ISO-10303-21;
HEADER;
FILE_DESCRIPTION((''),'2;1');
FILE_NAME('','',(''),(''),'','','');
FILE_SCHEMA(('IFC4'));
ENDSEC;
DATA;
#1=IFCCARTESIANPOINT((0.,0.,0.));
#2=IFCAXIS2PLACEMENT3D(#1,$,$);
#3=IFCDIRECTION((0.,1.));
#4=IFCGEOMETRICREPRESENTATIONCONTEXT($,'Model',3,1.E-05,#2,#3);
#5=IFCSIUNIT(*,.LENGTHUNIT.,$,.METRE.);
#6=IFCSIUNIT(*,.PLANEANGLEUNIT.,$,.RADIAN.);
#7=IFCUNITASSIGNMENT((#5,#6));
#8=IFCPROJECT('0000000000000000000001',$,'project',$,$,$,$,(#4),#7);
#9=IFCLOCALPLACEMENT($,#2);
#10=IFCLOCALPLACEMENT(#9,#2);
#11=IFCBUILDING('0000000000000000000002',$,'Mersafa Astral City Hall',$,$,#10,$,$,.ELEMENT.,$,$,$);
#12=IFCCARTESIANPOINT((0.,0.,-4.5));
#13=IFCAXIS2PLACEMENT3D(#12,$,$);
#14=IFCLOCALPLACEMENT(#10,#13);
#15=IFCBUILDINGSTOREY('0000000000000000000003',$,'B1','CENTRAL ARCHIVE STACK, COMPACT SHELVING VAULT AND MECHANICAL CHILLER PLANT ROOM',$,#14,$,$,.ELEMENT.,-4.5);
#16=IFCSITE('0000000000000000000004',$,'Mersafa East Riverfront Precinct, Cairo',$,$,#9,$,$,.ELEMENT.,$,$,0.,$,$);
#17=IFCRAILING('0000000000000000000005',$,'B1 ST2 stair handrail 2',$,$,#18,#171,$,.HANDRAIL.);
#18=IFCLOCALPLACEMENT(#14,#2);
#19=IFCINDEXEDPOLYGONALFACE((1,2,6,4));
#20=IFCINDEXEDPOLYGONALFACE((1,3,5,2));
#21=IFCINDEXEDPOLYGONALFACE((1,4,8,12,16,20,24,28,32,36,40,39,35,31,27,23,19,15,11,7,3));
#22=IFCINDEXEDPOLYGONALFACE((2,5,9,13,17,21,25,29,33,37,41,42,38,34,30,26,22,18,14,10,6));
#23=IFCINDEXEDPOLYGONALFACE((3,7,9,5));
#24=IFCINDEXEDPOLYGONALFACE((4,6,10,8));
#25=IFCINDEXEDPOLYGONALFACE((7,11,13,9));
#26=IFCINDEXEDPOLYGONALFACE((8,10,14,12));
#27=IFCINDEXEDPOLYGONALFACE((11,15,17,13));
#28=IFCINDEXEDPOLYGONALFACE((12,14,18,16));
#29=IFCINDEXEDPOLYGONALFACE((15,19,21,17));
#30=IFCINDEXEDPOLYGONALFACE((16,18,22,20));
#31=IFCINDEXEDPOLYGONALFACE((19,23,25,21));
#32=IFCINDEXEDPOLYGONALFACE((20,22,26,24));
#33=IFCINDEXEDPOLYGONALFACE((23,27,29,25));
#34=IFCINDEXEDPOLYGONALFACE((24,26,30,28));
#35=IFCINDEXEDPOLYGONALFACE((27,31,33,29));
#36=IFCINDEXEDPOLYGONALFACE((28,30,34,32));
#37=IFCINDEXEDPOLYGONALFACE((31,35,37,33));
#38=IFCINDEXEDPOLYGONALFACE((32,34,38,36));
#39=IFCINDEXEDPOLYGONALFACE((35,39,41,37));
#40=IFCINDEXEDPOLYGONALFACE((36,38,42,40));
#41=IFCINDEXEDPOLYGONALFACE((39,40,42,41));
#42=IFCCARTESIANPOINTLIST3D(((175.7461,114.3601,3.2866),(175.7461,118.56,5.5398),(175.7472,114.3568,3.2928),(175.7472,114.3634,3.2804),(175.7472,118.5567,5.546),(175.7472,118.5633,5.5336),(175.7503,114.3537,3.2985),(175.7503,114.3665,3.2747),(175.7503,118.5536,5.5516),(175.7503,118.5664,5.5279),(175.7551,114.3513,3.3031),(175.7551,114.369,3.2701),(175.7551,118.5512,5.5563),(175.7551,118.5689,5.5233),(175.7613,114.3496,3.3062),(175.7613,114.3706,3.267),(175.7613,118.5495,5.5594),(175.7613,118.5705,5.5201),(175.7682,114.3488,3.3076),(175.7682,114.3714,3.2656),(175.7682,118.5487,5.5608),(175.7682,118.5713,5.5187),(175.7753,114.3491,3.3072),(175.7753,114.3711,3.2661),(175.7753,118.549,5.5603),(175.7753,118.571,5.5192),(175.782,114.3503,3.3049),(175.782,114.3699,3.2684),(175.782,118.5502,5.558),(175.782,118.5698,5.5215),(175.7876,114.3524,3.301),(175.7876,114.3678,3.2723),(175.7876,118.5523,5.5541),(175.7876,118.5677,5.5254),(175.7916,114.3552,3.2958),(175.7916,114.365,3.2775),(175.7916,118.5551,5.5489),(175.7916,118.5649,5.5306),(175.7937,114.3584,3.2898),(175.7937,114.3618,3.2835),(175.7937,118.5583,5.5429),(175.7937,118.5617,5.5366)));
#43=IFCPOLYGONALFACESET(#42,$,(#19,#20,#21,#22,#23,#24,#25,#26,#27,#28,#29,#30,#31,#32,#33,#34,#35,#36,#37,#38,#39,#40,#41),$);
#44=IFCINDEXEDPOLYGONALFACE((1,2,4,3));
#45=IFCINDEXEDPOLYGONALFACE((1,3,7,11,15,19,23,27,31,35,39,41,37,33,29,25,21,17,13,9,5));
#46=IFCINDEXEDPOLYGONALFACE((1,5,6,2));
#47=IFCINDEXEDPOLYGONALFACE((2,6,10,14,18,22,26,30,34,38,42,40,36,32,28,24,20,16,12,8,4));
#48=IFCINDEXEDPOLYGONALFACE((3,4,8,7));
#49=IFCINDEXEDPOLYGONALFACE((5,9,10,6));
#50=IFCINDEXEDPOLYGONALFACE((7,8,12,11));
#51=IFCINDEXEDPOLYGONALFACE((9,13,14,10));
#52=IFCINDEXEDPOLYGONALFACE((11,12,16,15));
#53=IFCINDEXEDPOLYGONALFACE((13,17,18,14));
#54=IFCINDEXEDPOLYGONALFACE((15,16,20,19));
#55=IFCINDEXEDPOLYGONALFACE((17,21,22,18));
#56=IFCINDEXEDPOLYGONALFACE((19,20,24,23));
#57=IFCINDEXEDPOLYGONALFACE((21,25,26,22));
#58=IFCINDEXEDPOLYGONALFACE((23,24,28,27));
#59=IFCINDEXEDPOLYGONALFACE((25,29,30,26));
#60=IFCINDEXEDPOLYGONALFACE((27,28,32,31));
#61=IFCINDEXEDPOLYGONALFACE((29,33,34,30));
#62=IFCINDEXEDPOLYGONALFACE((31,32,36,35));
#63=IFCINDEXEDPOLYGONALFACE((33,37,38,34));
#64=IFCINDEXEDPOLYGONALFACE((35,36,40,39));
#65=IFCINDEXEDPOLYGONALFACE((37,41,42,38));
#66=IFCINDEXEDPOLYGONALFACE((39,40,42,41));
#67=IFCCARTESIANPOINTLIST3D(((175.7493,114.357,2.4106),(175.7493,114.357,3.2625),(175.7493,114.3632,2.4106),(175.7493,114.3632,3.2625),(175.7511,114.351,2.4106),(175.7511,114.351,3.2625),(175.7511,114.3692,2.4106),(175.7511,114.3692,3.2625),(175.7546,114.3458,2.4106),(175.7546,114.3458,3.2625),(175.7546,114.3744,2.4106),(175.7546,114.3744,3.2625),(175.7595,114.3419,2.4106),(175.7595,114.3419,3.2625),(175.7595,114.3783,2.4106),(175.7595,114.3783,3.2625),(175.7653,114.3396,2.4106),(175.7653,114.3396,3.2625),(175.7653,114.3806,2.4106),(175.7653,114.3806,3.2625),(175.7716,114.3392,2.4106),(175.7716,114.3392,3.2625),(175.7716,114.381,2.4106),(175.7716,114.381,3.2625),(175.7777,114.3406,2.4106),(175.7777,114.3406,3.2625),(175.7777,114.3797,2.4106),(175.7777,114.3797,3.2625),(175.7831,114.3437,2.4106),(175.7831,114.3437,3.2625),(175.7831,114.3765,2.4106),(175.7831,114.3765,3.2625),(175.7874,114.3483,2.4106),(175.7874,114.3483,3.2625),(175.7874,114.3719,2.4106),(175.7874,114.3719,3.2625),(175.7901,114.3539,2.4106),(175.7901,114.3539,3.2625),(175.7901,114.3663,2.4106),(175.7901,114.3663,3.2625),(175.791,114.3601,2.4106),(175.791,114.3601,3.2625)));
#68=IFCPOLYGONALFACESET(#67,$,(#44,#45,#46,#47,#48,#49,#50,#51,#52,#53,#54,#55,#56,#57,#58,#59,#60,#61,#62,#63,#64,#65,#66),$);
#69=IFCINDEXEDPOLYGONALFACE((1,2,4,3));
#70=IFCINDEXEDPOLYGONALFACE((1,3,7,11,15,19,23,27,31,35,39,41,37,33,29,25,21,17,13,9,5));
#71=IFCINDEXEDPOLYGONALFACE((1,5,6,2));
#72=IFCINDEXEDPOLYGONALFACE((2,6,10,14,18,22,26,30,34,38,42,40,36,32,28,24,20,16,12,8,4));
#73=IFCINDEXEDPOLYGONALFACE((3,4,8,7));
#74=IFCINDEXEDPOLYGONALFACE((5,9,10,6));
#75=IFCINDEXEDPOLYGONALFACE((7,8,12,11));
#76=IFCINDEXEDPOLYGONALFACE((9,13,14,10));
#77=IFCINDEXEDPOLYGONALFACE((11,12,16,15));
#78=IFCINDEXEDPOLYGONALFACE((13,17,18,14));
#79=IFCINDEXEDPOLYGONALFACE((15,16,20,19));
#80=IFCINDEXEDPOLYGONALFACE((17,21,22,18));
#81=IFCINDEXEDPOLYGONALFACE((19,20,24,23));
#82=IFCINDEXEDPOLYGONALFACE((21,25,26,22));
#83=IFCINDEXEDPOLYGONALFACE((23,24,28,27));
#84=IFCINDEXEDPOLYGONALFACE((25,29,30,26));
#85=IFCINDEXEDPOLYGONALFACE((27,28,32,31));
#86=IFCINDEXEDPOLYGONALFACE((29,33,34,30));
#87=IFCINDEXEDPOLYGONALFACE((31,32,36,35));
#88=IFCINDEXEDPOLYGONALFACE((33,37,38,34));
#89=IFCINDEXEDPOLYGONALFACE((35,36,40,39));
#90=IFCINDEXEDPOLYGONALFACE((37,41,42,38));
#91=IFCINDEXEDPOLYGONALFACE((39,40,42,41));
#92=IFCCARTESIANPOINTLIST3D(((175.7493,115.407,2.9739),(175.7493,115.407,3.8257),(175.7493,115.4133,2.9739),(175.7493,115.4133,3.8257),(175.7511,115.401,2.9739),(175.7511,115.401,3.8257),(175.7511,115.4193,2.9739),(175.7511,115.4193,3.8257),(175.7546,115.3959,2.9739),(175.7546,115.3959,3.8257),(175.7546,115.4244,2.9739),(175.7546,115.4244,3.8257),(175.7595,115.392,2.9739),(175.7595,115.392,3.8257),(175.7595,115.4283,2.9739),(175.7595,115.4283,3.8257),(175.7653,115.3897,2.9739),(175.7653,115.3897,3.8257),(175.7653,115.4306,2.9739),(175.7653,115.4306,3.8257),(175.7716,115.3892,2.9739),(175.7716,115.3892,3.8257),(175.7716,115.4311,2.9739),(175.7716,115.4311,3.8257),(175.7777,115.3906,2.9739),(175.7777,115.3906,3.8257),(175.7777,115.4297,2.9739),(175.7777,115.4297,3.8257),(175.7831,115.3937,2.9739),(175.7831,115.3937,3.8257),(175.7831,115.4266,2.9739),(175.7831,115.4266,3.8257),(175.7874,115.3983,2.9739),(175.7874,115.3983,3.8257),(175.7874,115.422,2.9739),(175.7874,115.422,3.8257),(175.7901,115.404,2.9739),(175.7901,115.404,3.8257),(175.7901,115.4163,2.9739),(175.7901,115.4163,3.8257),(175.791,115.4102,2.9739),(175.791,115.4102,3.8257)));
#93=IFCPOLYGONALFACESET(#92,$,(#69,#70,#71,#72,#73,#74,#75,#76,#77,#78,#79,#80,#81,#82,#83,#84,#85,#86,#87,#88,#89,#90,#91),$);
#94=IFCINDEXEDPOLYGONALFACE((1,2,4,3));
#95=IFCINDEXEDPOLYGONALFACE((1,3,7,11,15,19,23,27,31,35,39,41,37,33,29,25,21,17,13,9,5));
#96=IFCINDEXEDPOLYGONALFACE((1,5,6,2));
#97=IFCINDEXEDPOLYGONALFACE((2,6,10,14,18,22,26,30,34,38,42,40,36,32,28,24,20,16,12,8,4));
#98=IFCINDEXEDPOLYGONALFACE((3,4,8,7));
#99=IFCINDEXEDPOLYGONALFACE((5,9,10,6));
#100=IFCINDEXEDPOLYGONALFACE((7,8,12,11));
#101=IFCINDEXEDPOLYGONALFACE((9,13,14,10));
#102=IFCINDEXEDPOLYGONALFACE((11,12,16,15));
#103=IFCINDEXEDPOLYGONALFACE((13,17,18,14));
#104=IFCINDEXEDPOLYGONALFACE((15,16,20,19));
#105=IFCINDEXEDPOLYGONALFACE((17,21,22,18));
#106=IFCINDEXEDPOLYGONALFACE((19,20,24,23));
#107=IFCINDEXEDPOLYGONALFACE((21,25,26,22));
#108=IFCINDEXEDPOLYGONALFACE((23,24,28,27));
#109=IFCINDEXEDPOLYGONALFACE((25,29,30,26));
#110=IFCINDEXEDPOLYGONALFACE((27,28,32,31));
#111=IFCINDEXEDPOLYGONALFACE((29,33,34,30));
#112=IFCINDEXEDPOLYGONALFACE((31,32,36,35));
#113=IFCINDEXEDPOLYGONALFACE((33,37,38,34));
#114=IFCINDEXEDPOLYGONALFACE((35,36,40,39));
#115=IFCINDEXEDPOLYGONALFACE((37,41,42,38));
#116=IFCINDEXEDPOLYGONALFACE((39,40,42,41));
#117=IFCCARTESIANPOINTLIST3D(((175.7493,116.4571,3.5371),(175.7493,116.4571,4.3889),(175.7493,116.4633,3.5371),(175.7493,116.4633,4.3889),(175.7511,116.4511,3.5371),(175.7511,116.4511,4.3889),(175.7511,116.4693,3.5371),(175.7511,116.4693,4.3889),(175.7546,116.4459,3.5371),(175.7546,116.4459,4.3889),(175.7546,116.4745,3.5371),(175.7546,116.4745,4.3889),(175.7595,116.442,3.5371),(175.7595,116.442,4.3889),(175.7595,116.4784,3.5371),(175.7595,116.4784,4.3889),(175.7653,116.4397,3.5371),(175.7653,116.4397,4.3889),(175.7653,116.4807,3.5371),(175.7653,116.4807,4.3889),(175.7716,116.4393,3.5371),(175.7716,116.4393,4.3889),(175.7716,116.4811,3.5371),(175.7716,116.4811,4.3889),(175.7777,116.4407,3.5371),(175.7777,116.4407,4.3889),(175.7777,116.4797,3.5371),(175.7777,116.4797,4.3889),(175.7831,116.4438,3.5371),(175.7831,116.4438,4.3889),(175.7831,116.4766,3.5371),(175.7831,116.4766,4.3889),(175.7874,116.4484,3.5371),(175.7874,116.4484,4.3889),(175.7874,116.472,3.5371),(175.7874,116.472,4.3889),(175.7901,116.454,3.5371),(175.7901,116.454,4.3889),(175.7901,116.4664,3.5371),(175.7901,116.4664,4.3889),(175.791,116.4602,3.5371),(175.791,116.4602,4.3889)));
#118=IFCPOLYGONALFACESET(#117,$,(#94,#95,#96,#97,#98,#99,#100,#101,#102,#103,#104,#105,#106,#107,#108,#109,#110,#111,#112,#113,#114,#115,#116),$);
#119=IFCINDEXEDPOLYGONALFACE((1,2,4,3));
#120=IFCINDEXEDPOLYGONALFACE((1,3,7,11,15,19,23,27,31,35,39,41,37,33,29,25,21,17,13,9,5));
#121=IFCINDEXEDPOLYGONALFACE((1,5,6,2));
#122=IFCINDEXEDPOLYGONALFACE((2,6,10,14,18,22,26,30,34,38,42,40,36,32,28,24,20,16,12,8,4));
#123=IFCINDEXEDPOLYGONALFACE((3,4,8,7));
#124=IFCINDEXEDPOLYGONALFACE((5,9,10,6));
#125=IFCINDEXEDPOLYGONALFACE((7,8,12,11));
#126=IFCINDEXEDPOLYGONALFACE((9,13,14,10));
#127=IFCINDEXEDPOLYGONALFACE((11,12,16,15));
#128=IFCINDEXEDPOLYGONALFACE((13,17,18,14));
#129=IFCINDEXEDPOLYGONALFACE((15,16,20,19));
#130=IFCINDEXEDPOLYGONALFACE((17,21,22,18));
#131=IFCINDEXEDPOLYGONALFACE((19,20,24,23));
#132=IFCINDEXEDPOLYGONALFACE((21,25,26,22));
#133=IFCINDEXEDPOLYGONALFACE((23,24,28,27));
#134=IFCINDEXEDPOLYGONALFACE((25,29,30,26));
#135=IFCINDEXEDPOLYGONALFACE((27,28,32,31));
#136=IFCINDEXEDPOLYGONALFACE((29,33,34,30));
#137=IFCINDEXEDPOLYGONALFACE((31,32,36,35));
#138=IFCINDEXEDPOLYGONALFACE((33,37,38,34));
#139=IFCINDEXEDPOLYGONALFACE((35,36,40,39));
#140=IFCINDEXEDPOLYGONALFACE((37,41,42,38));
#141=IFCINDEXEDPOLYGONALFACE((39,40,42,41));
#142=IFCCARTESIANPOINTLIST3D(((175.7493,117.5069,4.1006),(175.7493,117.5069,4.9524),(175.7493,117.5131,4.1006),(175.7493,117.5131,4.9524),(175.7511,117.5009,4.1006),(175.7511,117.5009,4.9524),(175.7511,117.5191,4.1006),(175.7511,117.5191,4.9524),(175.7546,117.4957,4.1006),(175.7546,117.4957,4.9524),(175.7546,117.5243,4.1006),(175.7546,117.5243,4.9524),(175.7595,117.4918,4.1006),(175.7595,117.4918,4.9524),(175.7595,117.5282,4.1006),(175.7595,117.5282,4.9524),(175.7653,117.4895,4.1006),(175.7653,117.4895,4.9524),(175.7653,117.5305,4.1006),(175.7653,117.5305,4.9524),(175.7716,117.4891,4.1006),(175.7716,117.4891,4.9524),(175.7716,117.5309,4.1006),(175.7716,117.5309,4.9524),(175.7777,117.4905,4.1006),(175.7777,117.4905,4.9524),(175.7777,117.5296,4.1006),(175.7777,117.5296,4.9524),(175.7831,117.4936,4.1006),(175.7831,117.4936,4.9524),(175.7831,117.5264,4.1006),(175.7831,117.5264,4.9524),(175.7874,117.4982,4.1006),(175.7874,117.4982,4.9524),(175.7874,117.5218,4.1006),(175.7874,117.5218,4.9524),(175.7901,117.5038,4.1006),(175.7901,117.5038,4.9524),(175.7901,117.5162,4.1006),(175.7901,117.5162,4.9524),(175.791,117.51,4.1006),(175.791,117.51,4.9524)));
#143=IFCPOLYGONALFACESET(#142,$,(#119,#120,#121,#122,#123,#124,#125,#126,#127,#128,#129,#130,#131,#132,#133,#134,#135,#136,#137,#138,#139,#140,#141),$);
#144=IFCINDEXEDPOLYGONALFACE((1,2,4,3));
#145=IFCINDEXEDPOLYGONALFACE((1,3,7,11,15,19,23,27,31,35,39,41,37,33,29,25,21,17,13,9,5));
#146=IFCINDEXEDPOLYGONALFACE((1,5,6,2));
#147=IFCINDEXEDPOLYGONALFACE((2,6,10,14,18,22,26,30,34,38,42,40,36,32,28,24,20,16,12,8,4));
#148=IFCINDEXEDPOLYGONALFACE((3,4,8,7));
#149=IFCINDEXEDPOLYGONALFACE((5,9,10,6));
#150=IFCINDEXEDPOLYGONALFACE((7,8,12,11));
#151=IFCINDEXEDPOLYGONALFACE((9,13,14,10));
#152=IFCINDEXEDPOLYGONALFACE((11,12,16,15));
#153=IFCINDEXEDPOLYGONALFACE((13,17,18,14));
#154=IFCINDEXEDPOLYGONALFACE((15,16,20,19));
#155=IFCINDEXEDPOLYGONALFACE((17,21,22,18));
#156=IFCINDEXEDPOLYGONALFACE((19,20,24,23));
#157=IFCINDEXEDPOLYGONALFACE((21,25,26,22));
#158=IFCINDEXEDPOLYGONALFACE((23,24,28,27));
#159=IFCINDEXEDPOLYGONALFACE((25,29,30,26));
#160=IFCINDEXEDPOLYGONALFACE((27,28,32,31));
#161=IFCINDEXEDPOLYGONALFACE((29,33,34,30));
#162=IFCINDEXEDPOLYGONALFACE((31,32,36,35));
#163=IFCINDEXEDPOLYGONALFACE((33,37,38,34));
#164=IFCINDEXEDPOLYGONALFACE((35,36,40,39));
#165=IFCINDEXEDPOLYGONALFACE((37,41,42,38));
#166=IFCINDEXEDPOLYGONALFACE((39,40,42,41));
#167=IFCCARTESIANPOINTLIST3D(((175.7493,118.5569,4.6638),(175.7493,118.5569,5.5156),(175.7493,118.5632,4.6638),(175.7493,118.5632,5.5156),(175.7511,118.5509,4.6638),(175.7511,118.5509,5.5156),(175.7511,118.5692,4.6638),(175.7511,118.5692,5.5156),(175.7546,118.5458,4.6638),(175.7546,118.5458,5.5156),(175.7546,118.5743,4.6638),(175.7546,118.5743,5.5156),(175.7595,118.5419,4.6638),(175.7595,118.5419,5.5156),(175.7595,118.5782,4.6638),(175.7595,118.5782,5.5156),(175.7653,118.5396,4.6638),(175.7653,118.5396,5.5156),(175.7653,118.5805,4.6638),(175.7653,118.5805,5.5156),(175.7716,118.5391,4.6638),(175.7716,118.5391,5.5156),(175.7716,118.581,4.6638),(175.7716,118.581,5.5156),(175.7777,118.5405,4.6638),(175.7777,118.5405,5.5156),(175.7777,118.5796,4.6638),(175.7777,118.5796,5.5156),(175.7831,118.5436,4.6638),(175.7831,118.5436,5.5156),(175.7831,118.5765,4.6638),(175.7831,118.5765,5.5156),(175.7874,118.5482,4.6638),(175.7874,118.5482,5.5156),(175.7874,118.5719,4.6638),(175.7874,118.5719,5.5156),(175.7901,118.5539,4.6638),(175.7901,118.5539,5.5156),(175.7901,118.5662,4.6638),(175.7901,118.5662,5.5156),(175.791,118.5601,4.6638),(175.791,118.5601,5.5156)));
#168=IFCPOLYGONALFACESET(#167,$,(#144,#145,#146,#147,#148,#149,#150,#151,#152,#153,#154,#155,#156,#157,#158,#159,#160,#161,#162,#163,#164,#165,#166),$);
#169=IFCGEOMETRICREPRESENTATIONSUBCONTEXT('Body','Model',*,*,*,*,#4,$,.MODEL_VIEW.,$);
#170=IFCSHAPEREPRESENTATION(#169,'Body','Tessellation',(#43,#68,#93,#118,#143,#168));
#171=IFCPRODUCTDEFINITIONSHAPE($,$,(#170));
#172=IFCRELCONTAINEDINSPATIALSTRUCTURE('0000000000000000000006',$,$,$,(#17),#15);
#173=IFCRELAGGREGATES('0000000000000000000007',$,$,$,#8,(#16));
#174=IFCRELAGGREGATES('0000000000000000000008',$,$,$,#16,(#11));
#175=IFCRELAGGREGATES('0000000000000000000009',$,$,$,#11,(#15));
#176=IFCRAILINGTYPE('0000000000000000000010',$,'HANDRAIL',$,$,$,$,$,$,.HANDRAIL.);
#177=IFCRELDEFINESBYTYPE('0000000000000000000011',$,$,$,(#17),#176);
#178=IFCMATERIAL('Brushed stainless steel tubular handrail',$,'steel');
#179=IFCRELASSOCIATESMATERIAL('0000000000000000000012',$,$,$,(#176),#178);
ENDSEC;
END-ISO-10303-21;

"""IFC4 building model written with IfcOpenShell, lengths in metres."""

from ifc_helpers import new_model, si_unit, direction, frame, origin, origin_2d, place, context, subcontext, project, spatial, circle, extrude, material, type_object, element, save


model = new_model("IFC4")

# Units and contexts
model_context = context("Model", 3, precision=1e-05, world=origin(), true_north=direction((0.0, 1.0)))
body_context = subcontext(model_context, "Body", "Model", "MODEL_VIEW")
ifc_project = project(units=[si_unit("LENGTHUNIT", "METRE"), si_unit("PLANEANGLEUNIT", "RADIAN")], contexts=[model_context])

# Site, building, storey
site_placement = place(None, origin())
site = spatial("IfcSite", under=ifc_project, at=site_placement, Name="Mersafa East Riverfront Precinct, Cairo", CompositionType="ELEMENT", RefElevation=0.0)
building_placement = place(site_placement, origin())
building = spatial("IfcBuilding", under=site, at=building_placement, Name="Mersafa Astral City Hall", CompositionType="ELEMENT")
storey_placement = place(building_placement, frame((0.0, 0.0, -4.5)))
storey = spatial("IfcBuildingStorey", under=building, at=storey_placement, Name="B1", Description="CENTRAL ARCHIVE STACK, COMPACT SHELVING VAULT AND MECHANICAL CHILLER PLANT ROOM", CompositionType="ELEMENT", Elevation=-4.5)

# Railing
ifc_material_1 = material(Name="Brushed stainless steel tubular handrail", Category="steel")
railing_type_1 = type_object("IfcRailingType", Name="HANDRAIL", PredefinedType="HANDRAIL", material=ifc_material_1)
railing_1_placement = place(storey_placement, frame((175.77, 114.3601, 2.4106)))
element("IfcRailing", 1, at=railing_1_placement, inside=storey, type_object=railing_type_1, Name="B1 ST2 stair handrail 2", PredefinedType="HANDRAIL", context=body_context, shape_type="SweptSolid", body=[
    extrude(circle(Radius=0.0239, at=origin_2d()), frame((0.0, 0.0, 0.876), z_axis=(0.0, 0.8812, 0.472743), x_axis=(-1.0, 0.0, 0.0)), (0.0, 0.0, 1.0), 4.7661),
    extrude(circle(Radius=0.021, at=origin_2d()), origin(), (0.0, 0.0, 1.0), 0.8518),
    extrude(circle(Radius=0.021, at=origin_2d()), frame((0.0, 1.05, 0.5632)), (0.0, 0.0, 1.0), 0.8518),
    extrude(circle(Radius=0.021, at=origin_2d()), frame((0.0, 2.1001, 1.1265)), (0.0, 0.0, 1.0), 0.8518),
    extrude(circle(Radius=0.021, at=origin_2d()), frame((0.0, 3.1499, 1.6899)), (0.0, 0.0, 1.0), 0.8518),
    extrude(circle(Radius=0.021, at=origin_2d()), frame((0.0, 4.2, 2.2532)), (0.0, 0.0, 1.0), 0.8518),
])

save(model, "model.ifc")
